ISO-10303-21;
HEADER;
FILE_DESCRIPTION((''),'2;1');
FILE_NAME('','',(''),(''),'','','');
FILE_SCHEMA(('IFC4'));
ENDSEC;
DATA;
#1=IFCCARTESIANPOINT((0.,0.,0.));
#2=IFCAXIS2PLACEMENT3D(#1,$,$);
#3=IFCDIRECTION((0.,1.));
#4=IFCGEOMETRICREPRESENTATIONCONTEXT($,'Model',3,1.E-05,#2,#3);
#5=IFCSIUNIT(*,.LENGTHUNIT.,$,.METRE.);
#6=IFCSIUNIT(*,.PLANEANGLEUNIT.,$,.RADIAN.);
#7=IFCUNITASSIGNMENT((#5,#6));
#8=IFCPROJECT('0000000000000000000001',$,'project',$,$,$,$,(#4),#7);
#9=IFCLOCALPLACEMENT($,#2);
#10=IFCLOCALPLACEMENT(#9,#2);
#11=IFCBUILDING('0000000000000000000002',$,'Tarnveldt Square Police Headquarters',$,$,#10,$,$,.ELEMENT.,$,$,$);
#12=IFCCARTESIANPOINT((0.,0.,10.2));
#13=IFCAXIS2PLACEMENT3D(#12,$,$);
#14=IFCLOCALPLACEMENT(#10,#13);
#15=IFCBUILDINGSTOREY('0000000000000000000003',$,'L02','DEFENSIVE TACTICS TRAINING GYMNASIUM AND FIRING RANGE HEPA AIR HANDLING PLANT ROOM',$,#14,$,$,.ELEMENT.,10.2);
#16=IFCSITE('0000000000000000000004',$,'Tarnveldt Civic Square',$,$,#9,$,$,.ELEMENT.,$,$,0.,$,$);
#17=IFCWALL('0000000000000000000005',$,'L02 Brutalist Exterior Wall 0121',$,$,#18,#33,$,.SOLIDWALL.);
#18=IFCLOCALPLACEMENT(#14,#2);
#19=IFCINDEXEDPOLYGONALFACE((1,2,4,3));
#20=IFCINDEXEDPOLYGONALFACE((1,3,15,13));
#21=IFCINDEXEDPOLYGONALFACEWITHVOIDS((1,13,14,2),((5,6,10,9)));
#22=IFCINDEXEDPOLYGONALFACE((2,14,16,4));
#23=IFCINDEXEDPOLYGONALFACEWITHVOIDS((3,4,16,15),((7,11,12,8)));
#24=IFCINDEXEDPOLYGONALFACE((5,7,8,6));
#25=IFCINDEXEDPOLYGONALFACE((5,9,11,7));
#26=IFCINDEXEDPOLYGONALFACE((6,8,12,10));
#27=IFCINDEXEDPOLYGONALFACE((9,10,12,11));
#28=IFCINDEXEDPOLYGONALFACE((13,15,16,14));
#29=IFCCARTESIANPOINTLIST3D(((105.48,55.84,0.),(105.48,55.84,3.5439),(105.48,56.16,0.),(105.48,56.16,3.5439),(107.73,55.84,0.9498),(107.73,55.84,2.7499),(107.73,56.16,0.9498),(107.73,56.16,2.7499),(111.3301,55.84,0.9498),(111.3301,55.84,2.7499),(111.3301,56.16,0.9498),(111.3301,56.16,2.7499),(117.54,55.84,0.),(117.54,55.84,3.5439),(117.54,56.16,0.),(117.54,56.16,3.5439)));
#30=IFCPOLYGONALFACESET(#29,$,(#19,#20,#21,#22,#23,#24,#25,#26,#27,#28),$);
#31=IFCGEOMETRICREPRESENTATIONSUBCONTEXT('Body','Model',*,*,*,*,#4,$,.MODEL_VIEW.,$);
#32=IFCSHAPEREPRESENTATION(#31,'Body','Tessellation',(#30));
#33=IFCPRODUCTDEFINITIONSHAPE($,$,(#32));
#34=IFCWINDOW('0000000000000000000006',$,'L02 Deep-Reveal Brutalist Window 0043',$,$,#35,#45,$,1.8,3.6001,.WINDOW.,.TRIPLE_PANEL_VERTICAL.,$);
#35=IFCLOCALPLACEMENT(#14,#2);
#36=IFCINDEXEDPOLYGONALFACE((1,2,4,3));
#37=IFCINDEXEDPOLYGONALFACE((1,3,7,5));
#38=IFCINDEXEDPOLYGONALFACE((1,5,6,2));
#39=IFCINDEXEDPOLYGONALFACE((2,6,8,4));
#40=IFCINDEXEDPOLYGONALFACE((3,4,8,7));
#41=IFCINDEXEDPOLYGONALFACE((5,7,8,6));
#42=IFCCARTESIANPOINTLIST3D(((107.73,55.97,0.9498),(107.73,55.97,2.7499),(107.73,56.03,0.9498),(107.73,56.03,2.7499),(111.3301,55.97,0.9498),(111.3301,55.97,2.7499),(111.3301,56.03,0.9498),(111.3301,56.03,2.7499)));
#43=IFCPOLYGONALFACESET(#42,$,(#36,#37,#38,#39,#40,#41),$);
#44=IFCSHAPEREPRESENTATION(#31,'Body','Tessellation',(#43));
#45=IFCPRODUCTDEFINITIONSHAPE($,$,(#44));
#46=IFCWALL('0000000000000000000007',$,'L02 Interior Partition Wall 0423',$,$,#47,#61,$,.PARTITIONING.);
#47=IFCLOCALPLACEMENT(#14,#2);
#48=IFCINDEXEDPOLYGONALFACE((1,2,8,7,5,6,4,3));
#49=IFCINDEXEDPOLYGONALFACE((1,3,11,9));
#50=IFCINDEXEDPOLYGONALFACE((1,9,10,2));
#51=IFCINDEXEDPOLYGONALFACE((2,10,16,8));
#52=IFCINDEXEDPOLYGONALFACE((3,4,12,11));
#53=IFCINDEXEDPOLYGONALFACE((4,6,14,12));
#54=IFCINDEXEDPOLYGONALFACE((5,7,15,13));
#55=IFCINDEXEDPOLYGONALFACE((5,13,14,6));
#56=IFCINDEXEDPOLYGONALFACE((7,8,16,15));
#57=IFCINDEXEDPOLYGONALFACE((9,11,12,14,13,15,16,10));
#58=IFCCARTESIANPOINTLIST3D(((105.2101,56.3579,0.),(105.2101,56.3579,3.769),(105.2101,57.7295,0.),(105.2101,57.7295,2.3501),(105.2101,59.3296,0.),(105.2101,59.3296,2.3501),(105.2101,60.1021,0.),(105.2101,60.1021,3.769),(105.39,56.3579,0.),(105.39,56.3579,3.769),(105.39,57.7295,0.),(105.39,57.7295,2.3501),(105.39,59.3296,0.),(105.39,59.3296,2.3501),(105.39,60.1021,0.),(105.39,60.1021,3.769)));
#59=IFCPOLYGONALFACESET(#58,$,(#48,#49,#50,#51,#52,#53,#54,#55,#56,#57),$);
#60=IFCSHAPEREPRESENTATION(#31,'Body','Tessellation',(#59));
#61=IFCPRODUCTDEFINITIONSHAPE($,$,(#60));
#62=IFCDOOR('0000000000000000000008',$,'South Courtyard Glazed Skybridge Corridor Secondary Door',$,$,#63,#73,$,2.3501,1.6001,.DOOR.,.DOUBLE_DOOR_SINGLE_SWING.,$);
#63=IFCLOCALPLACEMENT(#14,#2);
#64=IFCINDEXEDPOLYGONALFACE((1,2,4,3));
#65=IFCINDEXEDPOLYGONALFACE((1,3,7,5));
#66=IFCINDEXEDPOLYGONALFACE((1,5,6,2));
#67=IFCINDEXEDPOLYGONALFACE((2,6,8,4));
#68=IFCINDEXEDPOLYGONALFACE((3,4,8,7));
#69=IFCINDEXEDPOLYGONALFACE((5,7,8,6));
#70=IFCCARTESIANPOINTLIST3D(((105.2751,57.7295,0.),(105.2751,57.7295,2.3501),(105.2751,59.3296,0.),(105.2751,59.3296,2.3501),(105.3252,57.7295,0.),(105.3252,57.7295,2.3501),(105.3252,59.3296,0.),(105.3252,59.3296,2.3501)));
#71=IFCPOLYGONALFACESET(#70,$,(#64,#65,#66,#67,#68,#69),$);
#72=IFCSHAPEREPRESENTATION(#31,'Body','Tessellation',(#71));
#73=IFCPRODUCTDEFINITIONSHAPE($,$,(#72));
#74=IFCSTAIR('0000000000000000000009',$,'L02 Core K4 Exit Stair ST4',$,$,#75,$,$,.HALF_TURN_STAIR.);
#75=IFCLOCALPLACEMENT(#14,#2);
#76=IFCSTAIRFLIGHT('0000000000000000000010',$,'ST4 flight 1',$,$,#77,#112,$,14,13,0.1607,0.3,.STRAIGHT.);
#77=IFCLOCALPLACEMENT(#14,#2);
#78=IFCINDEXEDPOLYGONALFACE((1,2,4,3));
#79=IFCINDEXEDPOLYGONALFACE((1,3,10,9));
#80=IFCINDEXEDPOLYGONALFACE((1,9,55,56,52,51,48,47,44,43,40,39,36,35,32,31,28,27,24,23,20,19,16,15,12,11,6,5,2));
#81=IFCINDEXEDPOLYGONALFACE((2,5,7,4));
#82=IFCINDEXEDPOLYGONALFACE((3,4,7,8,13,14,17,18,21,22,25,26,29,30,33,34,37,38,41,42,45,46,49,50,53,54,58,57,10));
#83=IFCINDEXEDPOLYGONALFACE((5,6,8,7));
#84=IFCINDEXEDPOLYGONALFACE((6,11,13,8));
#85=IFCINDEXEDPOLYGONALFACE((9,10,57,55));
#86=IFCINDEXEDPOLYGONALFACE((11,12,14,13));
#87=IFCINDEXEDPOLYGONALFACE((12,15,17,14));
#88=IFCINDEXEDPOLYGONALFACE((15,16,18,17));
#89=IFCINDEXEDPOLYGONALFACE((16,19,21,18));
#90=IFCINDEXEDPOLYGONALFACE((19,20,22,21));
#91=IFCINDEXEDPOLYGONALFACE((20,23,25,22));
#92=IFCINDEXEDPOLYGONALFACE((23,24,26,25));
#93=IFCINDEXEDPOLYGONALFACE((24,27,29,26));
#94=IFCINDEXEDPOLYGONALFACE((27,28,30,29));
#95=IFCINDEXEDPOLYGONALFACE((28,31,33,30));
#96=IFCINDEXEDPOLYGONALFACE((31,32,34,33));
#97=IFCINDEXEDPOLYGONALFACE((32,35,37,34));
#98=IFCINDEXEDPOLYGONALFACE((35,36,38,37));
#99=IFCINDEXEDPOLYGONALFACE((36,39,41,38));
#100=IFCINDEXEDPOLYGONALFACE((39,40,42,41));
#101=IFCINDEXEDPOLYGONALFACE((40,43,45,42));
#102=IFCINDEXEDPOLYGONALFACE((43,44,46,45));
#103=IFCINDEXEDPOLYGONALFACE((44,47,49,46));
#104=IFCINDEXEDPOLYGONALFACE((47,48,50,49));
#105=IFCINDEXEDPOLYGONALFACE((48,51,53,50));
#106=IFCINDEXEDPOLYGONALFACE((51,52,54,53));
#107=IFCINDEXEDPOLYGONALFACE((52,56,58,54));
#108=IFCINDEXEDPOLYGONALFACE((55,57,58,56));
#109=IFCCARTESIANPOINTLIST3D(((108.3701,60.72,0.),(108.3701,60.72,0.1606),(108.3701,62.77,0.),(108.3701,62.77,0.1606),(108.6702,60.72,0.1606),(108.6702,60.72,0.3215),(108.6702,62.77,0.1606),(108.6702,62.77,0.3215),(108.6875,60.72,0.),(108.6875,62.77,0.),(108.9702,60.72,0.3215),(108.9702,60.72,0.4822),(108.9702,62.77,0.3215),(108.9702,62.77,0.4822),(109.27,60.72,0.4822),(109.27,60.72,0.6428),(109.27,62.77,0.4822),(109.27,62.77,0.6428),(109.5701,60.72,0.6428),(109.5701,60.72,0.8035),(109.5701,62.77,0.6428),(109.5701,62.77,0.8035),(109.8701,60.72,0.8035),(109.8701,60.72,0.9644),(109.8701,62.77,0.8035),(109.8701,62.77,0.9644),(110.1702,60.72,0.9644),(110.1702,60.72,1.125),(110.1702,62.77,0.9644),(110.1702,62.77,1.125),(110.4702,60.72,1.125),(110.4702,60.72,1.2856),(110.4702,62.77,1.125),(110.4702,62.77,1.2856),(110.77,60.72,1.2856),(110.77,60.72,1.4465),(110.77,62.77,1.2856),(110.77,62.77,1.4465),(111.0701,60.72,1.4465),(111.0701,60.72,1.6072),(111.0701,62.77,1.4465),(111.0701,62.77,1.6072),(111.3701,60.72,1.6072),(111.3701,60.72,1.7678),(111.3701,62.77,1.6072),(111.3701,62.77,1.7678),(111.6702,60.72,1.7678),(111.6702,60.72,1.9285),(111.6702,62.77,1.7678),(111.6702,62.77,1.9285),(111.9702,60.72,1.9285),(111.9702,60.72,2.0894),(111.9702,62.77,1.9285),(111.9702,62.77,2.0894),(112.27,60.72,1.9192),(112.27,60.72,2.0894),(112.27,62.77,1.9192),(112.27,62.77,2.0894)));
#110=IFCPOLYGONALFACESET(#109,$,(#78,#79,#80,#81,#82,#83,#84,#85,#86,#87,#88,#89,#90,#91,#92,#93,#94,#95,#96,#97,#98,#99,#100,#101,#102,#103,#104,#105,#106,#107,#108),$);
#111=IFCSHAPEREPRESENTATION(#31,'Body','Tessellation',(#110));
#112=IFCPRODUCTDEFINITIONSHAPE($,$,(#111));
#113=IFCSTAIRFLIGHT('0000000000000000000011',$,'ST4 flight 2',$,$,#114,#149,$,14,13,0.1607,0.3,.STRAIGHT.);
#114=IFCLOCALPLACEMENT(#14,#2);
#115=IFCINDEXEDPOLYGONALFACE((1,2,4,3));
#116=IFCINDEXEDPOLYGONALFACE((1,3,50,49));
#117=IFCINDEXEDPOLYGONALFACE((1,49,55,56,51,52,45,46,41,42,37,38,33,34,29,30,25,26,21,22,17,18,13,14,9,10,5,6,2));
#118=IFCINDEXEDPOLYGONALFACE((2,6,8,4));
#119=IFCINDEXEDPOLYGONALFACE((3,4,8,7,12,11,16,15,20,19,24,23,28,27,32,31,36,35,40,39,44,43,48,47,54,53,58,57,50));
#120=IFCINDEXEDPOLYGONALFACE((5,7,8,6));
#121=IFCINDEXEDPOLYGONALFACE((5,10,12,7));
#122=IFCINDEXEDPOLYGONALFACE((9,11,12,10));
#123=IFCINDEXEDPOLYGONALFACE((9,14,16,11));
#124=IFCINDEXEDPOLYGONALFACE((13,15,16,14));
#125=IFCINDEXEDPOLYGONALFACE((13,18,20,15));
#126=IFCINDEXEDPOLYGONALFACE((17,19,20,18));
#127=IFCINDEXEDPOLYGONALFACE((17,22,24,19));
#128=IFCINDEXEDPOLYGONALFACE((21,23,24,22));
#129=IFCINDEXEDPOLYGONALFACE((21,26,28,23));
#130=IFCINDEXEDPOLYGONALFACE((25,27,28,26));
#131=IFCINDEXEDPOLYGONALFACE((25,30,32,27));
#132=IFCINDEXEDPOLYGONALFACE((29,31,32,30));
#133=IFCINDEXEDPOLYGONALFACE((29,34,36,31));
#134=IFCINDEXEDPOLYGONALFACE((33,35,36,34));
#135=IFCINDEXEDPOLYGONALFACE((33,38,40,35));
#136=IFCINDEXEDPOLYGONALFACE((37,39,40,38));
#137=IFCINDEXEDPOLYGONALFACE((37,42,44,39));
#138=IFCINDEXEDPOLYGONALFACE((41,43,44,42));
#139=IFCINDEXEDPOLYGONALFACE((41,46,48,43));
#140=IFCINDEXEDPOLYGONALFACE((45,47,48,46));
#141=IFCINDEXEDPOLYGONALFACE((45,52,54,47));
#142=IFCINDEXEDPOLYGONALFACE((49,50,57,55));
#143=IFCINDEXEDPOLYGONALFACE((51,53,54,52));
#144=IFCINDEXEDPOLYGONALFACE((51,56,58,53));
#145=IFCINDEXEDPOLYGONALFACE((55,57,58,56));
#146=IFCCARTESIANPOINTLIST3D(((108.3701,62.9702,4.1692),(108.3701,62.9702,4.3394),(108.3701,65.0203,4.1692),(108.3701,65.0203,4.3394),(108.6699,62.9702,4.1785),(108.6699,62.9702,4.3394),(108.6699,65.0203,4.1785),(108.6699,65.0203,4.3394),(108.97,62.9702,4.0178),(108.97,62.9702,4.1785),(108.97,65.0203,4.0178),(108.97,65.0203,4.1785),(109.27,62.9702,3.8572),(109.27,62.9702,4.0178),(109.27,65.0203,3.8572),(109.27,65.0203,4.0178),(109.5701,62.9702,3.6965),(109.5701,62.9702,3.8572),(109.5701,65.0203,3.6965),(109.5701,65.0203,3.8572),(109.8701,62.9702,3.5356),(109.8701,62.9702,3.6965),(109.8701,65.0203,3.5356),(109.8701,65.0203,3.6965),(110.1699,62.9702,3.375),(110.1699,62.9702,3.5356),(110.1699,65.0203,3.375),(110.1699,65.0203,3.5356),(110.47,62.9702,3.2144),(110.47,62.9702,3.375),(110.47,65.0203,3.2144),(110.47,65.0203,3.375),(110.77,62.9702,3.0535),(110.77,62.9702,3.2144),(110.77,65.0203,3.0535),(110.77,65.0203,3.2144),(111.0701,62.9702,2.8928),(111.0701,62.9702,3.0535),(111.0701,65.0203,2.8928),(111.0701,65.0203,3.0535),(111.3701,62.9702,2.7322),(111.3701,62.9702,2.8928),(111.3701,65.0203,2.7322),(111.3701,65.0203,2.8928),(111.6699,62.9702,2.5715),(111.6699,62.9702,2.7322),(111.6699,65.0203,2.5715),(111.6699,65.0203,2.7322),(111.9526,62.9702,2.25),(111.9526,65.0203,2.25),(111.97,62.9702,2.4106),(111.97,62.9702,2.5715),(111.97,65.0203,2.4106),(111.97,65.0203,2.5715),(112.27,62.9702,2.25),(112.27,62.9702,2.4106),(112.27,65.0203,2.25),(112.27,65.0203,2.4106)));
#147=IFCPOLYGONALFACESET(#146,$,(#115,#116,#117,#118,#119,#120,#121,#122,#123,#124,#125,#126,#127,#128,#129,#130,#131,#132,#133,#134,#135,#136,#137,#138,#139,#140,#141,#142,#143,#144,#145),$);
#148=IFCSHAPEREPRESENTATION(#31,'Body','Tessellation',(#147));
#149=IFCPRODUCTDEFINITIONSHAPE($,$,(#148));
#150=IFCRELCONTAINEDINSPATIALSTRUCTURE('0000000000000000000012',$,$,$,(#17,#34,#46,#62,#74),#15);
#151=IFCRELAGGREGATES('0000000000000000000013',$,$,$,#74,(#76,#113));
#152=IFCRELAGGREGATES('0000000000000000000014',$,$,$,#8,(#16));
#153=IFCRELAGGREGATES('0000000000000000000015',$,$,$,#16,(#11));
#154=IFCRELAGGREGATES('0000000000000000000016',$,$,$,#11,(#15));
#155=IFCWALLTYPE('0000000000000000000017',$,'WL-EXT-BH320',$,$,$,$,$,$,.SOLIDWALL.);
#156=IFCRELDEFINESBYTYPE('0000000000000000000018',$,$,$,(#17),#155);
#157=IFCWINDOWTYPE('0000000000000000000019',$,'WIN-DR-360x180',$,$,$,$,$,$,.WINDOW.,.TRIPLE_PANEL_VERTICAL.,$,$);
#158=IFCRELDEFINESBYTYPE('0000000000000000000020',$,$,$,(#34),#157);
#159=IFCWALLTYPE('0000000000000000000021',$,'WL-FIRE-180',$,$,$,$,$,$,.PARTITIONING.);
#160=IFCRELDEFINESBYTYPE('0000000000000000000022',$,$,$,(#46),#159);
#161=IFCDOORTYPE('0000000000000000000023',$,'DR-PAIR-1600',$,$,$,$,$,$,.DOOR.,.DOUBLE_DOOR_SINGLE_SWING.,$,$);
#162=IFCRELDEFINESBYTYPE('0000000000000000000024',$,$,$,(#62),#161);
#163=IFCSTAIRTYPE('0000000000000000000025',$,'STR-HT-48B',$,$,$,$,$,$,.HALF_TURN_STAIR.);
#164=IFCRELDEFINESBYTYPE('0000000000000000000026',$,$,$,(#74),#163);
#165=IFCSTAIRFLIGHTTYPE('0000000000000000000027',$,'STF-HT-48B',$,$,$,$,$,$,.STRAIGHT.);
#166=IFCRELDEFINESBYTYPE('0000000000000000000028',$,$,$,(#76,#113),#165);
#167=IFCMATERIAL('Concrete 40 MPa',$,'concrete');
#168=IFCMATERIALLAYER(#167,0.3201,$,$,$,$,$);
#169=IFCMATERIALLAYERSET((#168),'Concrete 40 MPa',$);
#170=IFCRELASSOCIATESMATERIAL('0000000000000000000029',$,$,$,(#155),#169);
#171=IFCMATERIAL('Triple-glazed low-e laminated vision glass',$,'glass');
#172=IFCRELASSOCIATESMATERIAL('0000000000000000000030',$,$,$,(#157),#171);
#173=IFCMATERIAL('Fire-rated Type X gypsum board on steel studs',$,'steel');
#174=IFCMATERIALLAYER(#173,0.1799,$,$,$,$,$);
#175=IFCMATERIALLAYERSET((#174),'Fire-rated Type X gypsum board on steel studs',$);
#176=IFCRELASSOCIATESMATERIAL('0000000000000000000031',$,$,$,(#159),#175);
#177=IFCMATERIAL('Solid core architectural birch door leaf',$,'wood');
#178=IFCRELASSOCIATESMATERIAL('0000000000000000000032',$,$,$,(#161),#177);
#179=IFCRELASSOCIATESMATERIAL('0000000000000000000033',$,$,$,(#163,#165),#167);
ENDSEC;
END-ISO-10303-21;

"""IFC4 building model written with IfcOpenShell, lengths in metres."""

from ifc_helpers import new_model, si_unit, direction, frame, frame_2d, origin, place, context, subcontext, project, spatial, polyline, rectangle, outline, extrude, material, layer, layer_set, type_object, element, fill, aggregate, save


model = new_model("IFC4")

# Units and contexts
model_context = context("Model", 3, precision=1e-05, world=origin(), true_north=direction((0.0, 1.0)))
body_context = subcontext(model_context, "Body", "Model", "MODEL_VIEW")
ifc_project = project(units=[si_unit("LENGTHUNIT", "METRE"), si_unit("PLANEANGLEUNIT", "RADIAN")], contexts=[model_context])

# Site, building, storey
site_placement = place(None, origin())
site = spatial("IfcSite", under=ifc_project, at=site_placement, Name="Tarnveldt Civic Square", CompositionType="ELEMENT", RefElevation=0.0)
building_placement = place(site_placement, origin())
building = spatial("IfcBuilding", under=site, at=building_placement, Name="Tarnveldt Square Police Headquarters", CompositionType="ELEMENT")
storey_placement = place(building_placement, frame((0.0, 0.0, 10.2)))
storey = spatial("IfcBuildingStorey", under=building, at=storey_placement, Name="L02", Description="DEFENSIVE TACTICS TRAINING GYMNASIUM AND FIRING RANGE HEPA AIR HANDLING PLANT ROOM", CompositionType="ELEMENT", Elevation=10.2)

# Shared definitions
ifc_material_1 = material(Name="Concrete 40 MPa", Category="concrete")

# Shared definitions
ifc_material_2 = material(Name="Triple-glazed low-e laminated vision glass", Category="glass")

# Wall, opening, window
ifc_layer_1 = layer(ifc_material_1, 0.3201)
ifc_layer_set_1 = layer_set([ifc_layer_1], Name="Concrete 40 MPa")
wall_type_1 = type_object("IfcWallType", Name="WL-EXT-BH320", PredefinedType="SOLIDWALL", material=ifc_layer_set_1)
wall_1_placement = place(storey_placement, frame((105.48, 56.0, 0.0), z_axis=(0.0, 0.0, 1.0), x_axis=(1.0, 0.0, 0.0)))
wall_1 = element("IfcWall", 1, at=wall_1_placement, inside=storey, type_object=wall_type_1, Name="L02 Brutalist Exterior Wall 0121", PredefinedType="SOLIDWALL", context=body_context, shape_type="SweptSolid", body=[
    extrude(rectangle(XDim=12.0601, YDim=0.3201, at=frame_2d((6.03, 0.0))), origin(), (0.0, 0.0, 1.0), 3.5439),
])
opening_1_placement = place(wall_1_placement, frame((2.25, 0.0, 0.95)))
opening_1 = element("IfcOpeningElement", 2, at=opening_1_placement, cuts=wall_1, PredefinedType="OPENING", context=body_context, shape_type="SweptSolid", body=[
    extrude(rectangle(XDim=3.6001, YDim=1.8, at=frame_2d((1.8, 0.8999))), frame((0.0, 0.1699, 0.0), z_axis=(0.0, -1.0, 0.0), x_axis=(1.0, 0.0, 0.0)), (0.0, 0.0, 1.0), 0.3401),
])
window_type = type_object("IfcWindowType", Name="WIN-DR-360x180", PartitioningType="TRIPLE_PANEL_VERTICAL", PredefinedType="WINDOW", material=ifc_material_2)
window_placement = place(opening_1_placement, origin())
window = element("IfcWindow", 3, at=window_placement, inside=storey, type_object=window_type, Name="L02 Deep-Reveal Brutalist Window 0043", OverallHeight=1.8, OverallWidth=3.6001, PartitioningType="TRIPLE_PANEL_VERTICAL", PredefinedType="WINDOW", context=body_context, shape_type="SweptSolid", body=[
    extrude(rectangle(XDim=3.6001, YDim=1.8, at=frame_2d((1.8, 0.8999))), frame((0.0, 0.03, 0.0), z_axis=(0.0, -1.0, 0.0), x_axis=(1.0, 0.0, 0.0)), (0.0, 0.0, 1.0), 0.0601),
])
fill(opening_1, window)

# Wall, opening, door
ifc_material_3 = material(Name="Fire-rated Type X gypsum board on steel studs", Category="steel")
ifc_layer_2 = layer(ifc_material_3, 0.1799)
ifc_layer_set_2 = layer_set([ifc_layer_2], Name="Fire-rated Type X gypsum board on steel studs")
wall_type_2 = type_object("IfcWallType", Name="WL-FIRE-180", PredefinedType="PARTITIONING", material=ifc_layer_set_2)
wall_2_placement = place(storey_placement, frame((105.3, 56.3579, 0.0), z_axis=(0.0, 0.0, 1.0), x_axis=(0.0, 1.0, 0.0)))
wall_2 = element("IfcWall", 4, at=wall_2_placement, inside=storey, type_object=wall_type_2, Name="L02 Interior Partition Wall 0423", PredefinedType="PARTITIONING", context=body_context, shape_type="SweptSolid", body=[
    extrude(rectangle(XDim=3.7441, YDim=0.1799, at=frame_2d((1.8721, 0.0))), origin(), (0.0, 0.0, 1.0), 3.769),
])
opening_2_placement = place(wall_2_placement, frame((1.3716, 0.0, 0.0)))
opening_2 = element("IfcOpeningElement", 5, at=opening_2_placement, cuts=wall_2, PredefinedType="OPENING", context=body_context, shape_type="SweptSolid", body=[
    extrude(rectangle(XDim=1.6001, YDim=2.3501, at=frame_2d((0.8, 1.175))), frame((0.0, 0.0999, 0.0), z_axis=(0.0, -1.0, 0.0), x_axis=(1.0, 0.0, 0.0)), (0.0, 0.0, 1.0), 0.2),
])
ifc_material_4 = material(Name="Solid core architectural birch door leaf", Category="wood")
door_type_1 = type_object("IfcDoorType", Name="DR-PAIR-1600", OperationType="DOUBLE_DOOR_SINGLE_SWING", PredefinedType="DOOR", material=ifc_material_4)
door_1_placement = place(opening_2_placement, origin())
door_1 = element("IfcDoor", 6, at=door_1_placement, inside=storey, type_object=door_type_1, Name="South Courtyard Glazed Skybridge Corridor Secondary Door", OperationType="DOUBLE_DOOR_SINGLE_SWING", OverallHeight=2.3501, OverallWidth=1.6001, PredefinedType="DOOR", context=body_context, shape_type="SweptSolid", body=[
    extrude(rectangle(XDim=1.6001, YDim=2.3501, at=frame_2d((0.8, 1.175))), frame((0.0, 0.0249, 0.0), z_axis=(0.0, -1.0, 0.0), x_axis=(1.0, 0.0, 0.0)), (0.0, 0.0, 1.0), 0.05),
])
fill(opening_2, door_1)

# Stair, stair flights
stair_type = type_object("IfcStairType", Name="STR-HT-48B", PredefinedType="HALF_TURN_STAIR", material=ifc_material_1)
stair_placement = place(storey_placement, origin())
stair = element("IfcStair", 7, at=stair_placement, inside=storey, type_object=stair_type, Name="L02 Core K4 Exit Stair ST4", PredefinedType="HALF_TURN_STAIR")
stair_flight_type = type_object("IfcStairFlightType", Name="STF-HT-48B", PredefinedType="STRAIGHT", material=ifc_material_1)
stair_flight_1_placement = place(storey_placement, frame((108.3701, 61.7451, 0.0), z_axis=(0.0, 0.0, 1.0), x_axis=(1.0, 0.0, 0.0)))
stair_flight_1 = element("IfcStairFlight", 8, at=stair_flight_1_placement, type_object=stair_flight_type, Name="ST4 flight 1", NumberOfRisers=14, NumberOfTreads=13, PredefinedType="STRAIGHT", RiserHeight=0.1607, TreadLength=0.3, context=body_context, shape_type="SweptSolid", body=[
    extrude(outline(polyline([(0.0, 0.0), (0.0, 0.1606), (0.3, 0.1606), (0.3, 0.3215), (0.6001, 0.3215), (0.6001, 0.4822), (0.8999, 0.4822), (0.8999, 0.6428), (1.2, 0.6428), (1.2, 0.8035), (1.5, 0.8035), (1.5, 0.9644), (1.8, 0.9644), (1.8, 1.125), (2.1001, 1.125), (2.1001, 1.2856), (2.3999, 1.2856), (2.3999, 1.4465), (2.7, 1.4465), (2.7, 1.6072), (3.0, 1.6072), (3.0, 1.7678), (3.3, 1.7678), (3.3, 1.9285), (3.6001, 1.9285), (3.6001, 2.0894), (3.8999, 2.0894), (3.8999, 2.25), (3.8999, 1.9192), (0.3174, 0.0), (0.0, 0.0)])), frame((0.0, 1.0249, 0.0), z_axis=(0.0, -1.0, 0.0), x_axis=(1.0, 0.0, 0.0)), (0.0, 0.0, 1.0), 2.05),
])
stair_flight_2_placement = place(storey_placement, frame((112.27, 63.9951, 2.25), z_axis=(0.0, 0.0, 1.0), x_axis=(-1.0, 0.0, 0.0)))
stair_flight_2 = element("IfcStairFlight", 9, at=stair_flight_2_placement, type_object=stair_flight_type, Name="ST4 flight 2", NumberOfRisers=14, NumberOfTreads=13, PredefinedType="STRAIGHT", RiserHeight=0.1607, TreadLength=0.3, context=body_context, shape_type="SweptSolid", body=[
    extrude(outline(polyline([(0.0, 0.0), (0.0, 0.1606), (0.3, 0.1606), (0.3, 0.3215), (0.6001, 0.3215), (0.6001, 0.4822), (0.8999, 0.4822), (0.8999, 0.6428), (1.2, 0.6428), (1.2, 0.8035), (1.5, 0.8035), (1.5, 0.9644), (1.8, 0.9644), (1.8, 1.125), (2.1001, 1.125), (2.1001, 1.2856), (2.3999, 1.2856), (2.3999, 1.4465), (2.7, 1.4465), (2.7, 1.6072), (3.0, 1.6072), (3.0, 1.7678), (3.3, 1.7678), (3.3, 1.9285), (3.6001, 1.9285), (3.6001, 2.0894), (3.8999, 2.0894), (3.8999, 2.25), (3.8999, 1.9192), (0.3174, 0.0), (0.0, 0.0)])), frame((0.0, 1.0249, 0.0), z_axis=(0.0, -1.0, 0.0), x_axis=(1.0, 0.0, 0.0)), (0.0, 0.0, 1.0), 2.05),
])
aggregate(stair, [stair_flight_1, stair_flight_2])

save(model, "model.ifc")
